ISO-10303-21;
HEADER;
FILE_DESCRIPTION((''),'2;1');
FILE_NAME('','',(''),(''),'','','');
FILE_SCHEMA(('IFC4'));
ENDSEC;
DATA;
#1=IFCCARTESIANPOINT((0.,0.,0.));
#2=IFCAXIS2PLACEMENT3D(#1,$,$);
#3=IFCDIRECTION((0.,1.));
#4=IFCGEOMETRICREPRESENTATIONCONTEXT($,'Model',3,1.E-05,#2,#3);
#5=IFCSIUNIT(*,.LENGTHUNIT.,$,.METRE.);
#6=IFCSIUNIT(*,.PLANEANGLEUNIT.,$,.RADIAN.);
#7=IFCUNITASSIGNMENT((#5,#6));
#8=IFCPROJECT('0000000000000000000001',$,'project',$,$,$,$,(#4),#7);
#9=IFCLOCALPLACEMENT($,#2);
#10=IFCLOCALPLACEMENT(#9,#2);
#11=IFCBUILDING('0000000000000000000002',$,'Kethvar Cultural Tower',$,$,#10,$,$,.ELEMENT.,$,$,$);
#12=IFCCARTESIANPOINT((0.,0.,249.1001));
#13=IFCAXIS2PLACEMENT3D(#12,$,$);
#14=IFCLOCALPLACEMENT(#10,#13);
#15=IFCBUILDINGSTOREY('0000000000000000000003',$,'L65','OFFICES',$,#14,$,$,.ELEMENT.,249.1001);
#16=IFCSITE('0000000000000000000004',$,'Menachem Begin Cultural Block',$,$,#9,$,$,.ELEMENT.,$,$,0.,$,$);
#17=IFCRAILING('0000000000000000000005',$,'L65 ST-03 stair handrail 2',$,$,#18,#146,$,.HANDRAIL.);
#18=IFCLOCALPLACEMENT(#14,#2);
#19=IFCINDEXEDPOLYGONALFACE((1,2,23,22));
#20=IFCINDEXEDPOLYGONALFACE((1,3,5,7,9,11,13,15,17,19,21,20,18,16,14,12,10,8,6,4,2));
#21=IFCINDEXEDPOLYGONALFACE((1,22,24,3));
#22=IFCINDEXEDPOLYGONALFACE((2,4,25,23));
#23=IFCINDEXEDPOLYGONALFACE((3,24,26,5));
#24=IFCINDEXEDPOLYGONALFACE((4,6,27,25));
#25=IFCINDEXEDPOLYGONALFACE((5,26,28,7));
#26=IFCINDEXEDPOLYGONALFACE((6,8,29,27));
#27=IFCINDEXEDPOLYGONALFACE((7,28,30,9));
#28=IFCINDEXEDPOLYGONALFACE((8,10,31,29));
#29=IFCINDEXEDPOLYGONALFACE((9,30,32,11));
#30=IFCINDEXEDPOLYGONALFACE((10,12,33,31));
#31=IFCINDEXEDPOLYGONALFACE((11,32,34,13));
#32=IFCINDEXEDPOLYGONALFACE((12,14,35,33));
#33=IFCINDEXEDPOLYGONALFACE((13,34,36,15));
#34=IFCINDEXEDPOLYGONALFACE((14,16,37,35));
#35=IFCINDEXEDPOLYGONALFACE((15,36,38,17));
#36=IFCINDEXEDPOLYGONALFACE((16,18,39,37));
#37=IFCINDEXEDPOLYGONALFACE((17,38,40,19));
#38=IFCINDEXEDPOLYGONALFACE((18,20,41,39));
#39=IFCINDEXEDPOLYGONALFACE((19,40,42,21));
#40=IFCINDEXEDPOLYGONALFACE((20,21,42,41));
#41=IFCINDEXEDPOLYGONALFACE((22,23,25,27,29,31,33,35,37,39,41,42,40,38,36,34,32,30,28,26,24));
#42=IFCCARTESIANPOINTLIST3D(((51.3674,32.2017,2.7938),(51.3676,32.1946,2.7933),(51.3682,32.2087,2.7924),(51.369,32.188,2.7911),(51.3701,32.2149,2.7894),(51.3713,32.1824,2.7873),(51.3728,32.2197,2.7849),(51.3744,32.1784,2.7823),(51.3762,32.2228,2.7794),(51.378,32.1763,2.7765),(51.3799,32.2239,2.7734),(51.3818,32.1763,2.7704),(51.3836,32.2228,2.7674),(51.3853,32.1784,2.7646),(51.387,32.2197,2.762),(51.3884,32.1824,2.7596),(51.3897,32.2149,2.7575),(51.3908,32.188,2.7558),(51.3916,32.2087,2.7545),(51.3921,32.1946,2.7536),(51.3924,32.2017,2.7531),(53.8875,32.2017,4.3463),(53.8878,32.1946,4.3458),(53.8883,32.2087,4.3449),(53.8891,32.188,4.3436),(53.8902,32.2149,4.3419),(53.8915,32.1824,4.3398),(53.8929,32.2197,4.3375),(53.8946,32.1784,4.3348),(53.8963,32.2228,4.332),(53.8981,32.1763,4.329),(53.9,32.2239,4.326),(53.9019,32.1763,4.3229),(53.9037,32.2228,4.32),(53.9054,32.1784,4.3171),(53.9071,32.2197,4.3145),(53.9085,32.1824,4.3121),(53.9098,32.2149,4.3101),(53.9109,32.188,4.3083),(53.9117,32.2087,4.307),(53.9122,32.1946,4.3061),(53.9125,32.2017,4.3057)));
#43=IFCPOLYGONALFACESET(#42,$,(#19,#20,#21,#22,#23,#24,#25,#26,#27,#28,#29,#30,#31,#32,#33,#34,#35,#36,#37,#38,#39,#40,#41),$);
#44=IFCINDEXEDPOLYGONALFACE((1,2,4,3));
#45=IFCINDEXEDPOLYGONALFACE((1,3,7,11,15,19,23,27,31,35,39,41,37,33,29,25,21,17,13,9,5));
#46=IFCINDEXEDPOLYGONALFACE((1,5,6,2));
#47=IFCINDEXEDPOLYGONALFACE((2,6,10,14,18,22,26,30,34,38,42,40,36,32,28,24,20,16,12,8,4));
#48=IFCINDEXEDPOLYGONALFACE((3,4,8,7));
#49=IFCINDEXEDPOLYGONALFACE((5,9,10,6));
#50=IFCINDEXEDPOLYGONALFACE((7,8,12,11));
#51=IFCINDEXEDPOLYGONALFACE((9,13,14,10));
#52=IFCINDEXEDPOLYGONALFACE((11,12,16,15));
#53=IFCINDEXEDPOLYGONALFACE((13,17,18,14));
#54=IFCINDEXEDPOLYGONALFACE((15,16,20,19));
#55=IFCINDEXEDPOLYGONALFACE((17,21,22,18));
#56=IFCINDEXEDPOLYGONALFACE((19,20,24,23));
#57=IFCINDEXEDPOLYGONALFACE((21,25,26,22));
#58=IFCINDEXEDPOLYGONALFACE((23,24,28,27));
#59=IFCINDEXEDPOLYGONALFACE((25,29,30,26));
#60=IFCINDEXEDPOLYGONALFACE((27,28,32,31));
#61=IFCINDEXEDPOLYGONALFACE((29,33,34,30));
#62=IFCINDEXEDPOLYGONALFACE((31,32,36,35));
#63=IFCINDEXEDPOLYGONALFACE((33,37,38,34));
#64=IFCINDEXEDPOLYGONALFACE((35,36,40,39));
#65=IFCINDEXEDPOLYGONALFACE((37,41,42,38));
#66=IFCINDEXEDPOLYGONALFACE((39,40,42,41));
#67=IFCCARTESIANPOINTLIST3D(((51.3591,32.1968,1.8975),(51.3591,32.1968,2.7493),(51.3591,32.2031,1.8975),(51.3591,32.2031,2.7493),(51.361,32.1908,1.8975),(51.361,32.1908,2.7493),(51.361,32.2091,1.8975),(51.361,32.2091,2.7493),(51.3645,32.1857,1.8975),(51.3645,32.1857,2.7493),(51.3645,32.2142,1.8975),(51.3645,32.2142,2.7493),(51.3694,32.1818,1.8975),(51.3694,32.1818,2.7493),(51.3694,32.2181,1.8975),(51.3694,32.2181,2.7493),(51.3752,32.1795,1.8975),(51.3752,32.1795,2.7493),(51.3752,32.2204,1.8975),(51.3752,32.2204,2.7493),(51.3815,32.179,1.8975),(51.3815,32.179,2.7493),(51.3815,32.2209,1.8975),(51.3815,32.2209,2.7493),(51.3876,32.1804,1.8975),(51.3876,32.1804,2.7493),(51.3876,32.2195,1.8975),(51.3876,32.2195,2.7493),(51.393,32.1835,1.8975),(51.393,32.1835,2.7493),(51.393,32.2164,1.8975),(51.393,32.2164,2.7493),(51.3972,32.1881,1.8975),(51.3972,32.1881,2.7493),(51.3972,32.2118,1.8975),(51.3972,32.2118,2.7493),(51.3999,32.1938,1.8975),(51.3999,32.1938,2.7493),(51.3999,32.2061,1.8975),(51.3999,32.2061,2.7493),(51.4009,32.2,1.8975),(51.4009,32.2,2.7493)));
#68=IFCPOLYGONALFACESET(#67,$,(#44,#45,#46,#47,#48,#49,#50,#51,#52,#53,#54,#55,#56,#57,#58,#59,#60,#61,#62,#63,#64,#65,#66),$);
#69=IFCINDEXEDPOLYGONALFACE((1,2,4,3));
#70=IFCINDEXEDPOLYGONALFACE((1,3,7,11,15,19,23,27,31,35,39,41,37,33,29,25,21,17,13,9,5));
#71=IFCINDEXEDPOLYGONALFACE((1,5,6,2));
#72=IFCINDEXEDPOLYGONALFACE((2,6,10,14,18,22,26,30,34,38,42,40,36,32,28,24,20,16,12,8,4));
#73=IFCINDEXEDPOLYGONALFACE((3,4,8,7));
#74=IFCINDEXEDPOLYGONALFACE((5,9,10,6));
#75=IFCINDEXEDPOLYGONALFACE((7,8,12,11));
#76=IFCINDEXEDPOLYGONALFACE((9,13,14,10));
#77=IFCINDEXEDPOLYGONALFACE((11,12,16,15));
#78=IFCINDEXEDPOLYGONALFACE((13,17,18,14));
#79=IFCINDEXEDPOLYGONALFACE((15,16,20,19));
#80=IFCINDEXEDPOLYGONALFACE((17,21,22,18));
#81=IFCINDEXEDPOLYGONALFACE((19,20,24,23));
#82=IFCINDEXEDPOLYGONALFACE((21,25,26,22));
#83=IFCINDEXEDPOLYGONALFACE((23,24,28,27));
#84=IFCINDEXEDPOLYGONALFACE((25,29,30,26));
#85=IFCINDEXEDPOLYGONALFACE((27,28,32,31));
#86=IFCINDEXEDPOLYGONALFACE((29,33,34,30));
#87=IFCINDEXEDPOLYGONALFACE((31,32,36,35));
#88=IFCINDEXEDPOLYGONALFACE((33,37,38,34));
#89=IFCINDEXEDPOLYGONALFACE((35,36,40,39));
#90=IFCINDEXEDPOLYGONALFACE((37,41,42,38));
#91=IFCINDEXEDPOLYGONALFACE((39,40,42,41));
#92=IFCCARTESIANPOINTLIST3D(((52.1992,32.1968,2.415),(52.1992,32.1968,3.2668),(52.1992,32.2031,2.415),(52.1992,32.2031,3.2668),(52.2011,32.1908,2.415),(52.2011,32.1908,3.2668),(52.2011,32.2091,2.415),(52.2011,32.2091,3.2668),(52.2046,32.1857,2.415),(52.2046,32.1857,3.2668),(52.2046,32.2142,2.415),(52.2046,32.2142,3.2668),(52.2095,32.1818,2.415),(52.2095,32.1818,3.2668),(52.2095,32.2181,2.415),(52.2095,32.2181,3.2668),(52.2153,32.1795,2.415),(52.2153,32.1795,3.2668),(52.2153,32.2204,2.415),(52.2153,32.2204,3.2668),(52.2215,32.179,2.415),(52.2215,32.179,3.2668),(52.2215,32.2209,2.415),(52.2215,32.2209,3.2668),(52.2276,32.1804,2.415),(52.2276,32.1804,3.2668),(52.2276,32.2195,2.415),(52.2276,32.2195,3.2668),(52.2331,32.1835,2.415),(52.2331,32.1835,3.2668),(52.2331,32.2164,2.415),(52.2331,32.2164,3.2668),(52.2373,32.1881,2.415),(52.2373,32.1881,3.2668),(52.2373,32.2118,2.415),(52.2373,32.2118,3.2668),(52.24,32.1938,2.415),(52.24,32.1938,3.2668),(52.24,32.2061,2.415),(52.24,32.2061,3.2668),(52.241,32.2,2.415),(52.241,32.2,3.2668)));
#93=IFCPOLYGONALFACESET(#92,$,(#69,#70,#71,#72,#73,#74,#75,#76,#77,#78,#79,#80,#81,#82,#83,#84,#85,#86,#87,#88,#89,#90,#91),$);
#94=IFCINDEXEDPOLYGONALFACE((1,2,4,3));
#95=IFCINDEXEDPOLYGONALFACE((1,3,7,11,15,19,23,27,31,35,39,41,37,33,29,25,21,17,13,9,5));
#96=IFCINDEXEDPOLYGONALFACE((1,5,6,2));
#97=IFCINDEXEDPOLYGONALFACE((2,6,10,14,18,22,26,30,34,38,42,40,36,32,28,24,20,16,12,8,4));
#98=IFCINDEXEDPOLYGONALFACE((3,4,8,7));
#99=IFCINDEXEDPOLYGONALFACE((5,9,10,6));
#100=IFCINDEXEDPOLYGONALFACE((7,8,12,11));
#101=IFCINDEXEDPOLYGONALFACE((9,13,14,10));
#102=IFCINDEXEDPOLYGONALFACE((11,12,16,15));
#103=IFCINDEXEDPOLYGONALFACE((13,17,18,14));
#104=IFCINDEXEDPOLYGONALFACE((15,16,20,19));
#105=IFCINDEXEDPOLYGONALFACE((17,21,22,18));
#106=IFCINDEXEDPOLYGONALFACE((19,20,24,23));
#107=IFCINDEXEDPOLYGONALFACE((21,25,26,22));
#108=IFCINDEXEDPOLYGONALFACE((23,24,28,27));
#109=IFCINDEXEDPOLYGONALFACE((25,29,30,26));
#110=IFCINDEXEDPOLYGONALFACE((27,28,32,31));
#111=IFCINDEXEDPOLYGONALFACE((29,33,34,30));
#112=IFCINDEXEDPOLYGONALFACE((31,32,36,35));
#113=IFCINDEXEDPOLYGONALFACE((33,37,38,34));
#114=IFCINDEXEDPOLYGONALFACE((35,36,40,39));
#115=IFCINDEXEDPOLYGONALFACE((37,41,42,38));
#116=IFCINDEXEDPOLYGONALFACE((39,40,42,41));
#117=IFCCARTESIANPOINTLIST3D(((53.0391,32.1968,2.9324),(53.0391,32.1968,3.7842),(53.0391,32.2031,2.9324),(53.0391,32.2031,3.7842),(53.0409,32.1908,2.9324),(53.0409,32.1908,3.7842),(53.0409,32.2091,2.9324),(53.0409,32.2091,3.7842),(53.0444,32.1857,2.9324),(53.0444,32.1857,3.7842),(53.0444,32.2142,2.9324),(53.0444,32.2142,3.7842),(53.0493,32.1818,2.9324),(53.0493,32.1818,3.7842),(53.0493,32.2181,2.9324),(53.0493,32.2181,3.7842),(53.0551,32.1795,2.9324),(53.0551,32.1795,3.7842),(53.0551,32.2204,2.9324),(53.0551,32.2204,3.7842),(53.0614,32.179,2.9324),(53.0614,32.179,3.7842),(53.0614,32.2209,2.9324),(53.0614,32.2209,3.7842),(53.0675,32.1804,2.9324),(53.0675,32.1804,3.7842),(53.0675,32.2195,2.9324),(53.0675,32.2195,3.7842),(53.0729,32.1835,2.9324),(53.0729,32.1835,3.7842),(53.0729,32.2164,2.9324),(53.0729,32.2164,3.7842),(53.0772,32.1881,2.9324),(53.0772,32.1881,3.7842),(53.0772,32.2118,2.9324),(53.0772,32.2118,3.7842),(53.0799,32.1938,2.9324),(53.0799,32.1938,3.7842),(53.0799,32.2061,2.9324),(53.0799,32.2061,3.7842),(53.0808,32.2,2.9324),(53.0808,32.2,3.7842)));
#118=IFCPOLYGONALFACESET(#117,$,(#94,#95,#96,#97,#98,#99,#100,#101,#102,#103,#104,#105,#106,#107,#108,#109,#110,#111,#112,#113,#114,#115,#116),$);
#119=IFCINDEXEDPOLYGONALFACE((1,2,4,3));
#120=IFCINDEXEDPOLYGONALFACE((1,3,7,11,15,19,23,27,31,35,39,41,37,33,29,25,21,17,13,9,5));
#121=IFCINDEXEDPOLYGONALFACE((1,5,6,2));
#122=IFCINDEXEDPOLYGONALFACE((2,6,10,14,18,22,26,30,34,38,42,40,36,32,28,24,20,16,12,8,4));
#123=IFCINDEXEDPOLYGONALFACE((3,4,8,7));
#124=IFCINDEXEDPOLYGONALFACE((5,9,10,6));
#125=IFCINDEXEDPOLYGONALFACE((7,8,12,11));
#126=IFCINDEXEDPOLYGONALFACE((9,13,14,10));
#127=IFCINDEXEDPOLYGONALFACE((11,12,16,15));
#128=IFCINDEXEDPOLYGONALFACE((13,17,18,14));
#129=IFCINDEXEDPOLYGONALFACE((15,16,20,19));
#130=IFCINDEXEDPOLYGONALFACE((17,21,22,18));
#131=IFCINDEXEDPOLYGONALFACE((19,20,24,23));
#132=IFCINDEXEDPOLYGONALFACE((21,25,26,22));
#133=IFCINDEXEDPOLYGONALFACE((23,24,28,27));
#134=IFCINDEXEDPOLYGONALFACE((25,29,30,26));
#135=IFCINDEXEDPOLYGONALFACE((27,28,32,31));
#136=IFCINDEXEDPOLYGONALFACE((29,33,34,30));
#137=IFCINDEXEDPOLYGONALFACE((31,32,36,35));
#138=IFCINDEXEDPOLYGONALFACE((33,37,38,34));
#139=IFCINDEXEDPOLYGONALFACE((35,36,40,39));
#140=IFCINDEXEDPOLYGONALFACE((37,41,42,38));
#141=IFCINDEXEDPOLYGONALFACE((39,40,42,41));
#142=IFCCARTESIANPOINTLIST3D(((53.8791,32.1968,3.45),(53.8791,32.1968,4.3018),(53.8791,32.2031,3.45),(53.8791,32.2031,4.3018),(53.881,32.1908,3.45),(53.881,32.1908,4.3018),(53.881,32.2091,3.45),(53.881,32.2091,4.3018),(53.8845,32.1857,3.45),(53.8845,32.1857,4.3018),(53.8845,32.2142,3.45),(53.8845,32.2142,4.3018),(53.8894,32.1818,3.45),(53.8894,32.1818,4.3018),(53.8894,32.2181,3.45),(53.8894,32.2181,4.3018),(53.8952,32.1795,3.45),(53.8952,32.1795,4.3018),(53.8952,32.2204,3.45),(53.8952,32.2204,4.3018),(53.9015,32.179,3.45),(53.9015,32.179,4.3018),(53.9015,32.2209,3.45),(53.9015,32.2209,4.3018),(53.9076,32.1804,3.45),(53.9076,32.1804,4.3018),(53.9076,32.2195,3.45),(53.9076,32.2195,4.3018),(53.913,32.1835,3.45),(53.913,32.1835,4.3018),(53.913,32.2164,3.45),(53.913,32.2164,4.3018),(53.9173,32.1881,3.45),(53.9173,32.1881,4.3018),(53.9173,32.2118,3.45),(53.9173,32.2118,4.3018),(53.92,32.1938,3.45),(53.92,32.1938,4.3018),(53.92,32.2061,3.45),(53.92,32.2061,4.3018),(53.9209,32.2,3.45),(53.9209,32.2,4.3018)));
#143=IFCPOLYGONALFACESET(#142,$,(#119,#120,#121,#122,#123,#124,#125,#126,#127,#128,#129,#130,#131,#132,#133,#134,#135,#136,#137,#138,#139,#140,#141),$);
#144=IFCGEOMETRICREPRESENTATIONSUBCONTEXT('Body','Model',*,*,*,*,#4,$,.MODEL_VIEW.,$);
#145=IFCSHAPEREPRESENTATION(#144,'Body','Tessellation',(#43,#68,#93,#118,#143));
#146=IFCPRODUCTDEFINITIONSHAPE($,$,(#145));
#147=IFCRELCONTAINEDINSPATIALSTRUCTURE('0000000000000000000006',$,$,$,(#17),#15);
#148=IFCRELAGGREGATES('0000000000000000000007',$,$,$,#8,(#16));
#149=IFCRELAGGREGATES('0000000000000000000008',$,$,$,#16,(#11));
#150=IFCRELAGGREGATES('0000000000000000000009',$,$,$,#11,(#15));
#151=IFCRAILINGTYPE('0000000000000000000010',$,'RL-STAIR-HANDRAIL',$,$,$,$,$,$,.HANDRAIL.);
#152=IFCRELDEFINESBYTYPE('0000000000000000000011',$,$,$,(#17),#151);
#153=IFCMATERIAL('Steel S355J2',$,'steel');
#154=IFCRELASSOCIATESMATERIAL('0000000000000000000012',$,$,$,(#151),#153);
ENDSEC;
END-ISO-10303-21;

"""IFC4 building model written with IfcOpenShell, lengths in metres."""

from ifc_helpers import new_model, si_unit, direction, frame, origin, origin_2d, place, context, subcontext, project, spatial, circle, extrude, material, type_object, element, save


model = new_model("IFC4")

# Units and contexts
model_context = context("Model", 3, precision=1e-05, world=origin(), true_north=direction((0.0, 1.0)))
body_context = subcontext(model_context, "Body", "Model", "MODEL_VIEW")
ifc_project = project(units=[si_unit("LENGTHUNIT", "METRE"), si_unit("PLANEANGLEUNIT", "RADIAN")], contexts=[model_context])

# Site, building, storey
site_placement = place(None, origin())
site = spatial("IfcSite", under=ifc_project, at=site_placement, Name="Menachem Begin Cultural Block", CompositionType="ELEMENT", RefElevation=0.0)
building_placement = place(site_placement, origin())
building = spatial("IfcBuilding", under=site, at=building_placement, Name="Kethvar Cultural Tower", CompositionType="ELEMENT")
storey_placement = place(building_placement, frame((0.0, 0.0, 249.1001)))
storey = spatial("IfcBuildingStorey", under=building, at=storey_placement, Name="L65", Description="OFFICES", CompositionType="ELEMENT", Elevation=249.1001)

# Shared definitions
ifc_material_1 = material(Name="Steel S355J2", Category="steel")

# Railing
railing_type_1 = type_object("IfcRailingType", Name="RL-STAIR-HANDRAIL", PredefinedType="HANDRAIL", material=ifc_material_1)
railing_1_placement = place(storey_placement, frame((51.3799, 32.2, 1.8975)))
element("IfcRailing", 1, at=railing_1_placement, inside=storey, type_object=railing_type_1, Name="L65 ST-03 stair handrail 2", PredefinedType="HANDRAIL", context=body_context, shape_type="SweptSolid", body=[
    extrude(circle(Radius=0.0239, at=origin_2d()), frame((0.0, 0.0, 0.876), z_axis=(0.8514, 0.0, 0.524516), x_axis=(0.0, 1.0, 0.0)), (0.0, 0.0, 1.0), 2.96),
    extrude(circle(Radius=0.021, at=origin_2d()), origin(), (0.0, 0.0, 1.0), 0.8518),
    extrude(circle(Radius=0.021, at=origin_2d()), frame((0.8401, 0.0, 0.5176)), (0.0, 0.0, 1.0), 0.8518),
    extrude(circle(Radius=0.021, at=origin_2d()), frame((1.6799, 0.0, 1.0349)), (0.0, 0.0, 1.0), 0.8518),
    extrude(circle(Radius=0.021, at=origin_2d()), frame((2.52, 0.0, 1.5525)), (0.0, 0.0, 1.0), 0.8518),
])

save(model, "model.ifc")
